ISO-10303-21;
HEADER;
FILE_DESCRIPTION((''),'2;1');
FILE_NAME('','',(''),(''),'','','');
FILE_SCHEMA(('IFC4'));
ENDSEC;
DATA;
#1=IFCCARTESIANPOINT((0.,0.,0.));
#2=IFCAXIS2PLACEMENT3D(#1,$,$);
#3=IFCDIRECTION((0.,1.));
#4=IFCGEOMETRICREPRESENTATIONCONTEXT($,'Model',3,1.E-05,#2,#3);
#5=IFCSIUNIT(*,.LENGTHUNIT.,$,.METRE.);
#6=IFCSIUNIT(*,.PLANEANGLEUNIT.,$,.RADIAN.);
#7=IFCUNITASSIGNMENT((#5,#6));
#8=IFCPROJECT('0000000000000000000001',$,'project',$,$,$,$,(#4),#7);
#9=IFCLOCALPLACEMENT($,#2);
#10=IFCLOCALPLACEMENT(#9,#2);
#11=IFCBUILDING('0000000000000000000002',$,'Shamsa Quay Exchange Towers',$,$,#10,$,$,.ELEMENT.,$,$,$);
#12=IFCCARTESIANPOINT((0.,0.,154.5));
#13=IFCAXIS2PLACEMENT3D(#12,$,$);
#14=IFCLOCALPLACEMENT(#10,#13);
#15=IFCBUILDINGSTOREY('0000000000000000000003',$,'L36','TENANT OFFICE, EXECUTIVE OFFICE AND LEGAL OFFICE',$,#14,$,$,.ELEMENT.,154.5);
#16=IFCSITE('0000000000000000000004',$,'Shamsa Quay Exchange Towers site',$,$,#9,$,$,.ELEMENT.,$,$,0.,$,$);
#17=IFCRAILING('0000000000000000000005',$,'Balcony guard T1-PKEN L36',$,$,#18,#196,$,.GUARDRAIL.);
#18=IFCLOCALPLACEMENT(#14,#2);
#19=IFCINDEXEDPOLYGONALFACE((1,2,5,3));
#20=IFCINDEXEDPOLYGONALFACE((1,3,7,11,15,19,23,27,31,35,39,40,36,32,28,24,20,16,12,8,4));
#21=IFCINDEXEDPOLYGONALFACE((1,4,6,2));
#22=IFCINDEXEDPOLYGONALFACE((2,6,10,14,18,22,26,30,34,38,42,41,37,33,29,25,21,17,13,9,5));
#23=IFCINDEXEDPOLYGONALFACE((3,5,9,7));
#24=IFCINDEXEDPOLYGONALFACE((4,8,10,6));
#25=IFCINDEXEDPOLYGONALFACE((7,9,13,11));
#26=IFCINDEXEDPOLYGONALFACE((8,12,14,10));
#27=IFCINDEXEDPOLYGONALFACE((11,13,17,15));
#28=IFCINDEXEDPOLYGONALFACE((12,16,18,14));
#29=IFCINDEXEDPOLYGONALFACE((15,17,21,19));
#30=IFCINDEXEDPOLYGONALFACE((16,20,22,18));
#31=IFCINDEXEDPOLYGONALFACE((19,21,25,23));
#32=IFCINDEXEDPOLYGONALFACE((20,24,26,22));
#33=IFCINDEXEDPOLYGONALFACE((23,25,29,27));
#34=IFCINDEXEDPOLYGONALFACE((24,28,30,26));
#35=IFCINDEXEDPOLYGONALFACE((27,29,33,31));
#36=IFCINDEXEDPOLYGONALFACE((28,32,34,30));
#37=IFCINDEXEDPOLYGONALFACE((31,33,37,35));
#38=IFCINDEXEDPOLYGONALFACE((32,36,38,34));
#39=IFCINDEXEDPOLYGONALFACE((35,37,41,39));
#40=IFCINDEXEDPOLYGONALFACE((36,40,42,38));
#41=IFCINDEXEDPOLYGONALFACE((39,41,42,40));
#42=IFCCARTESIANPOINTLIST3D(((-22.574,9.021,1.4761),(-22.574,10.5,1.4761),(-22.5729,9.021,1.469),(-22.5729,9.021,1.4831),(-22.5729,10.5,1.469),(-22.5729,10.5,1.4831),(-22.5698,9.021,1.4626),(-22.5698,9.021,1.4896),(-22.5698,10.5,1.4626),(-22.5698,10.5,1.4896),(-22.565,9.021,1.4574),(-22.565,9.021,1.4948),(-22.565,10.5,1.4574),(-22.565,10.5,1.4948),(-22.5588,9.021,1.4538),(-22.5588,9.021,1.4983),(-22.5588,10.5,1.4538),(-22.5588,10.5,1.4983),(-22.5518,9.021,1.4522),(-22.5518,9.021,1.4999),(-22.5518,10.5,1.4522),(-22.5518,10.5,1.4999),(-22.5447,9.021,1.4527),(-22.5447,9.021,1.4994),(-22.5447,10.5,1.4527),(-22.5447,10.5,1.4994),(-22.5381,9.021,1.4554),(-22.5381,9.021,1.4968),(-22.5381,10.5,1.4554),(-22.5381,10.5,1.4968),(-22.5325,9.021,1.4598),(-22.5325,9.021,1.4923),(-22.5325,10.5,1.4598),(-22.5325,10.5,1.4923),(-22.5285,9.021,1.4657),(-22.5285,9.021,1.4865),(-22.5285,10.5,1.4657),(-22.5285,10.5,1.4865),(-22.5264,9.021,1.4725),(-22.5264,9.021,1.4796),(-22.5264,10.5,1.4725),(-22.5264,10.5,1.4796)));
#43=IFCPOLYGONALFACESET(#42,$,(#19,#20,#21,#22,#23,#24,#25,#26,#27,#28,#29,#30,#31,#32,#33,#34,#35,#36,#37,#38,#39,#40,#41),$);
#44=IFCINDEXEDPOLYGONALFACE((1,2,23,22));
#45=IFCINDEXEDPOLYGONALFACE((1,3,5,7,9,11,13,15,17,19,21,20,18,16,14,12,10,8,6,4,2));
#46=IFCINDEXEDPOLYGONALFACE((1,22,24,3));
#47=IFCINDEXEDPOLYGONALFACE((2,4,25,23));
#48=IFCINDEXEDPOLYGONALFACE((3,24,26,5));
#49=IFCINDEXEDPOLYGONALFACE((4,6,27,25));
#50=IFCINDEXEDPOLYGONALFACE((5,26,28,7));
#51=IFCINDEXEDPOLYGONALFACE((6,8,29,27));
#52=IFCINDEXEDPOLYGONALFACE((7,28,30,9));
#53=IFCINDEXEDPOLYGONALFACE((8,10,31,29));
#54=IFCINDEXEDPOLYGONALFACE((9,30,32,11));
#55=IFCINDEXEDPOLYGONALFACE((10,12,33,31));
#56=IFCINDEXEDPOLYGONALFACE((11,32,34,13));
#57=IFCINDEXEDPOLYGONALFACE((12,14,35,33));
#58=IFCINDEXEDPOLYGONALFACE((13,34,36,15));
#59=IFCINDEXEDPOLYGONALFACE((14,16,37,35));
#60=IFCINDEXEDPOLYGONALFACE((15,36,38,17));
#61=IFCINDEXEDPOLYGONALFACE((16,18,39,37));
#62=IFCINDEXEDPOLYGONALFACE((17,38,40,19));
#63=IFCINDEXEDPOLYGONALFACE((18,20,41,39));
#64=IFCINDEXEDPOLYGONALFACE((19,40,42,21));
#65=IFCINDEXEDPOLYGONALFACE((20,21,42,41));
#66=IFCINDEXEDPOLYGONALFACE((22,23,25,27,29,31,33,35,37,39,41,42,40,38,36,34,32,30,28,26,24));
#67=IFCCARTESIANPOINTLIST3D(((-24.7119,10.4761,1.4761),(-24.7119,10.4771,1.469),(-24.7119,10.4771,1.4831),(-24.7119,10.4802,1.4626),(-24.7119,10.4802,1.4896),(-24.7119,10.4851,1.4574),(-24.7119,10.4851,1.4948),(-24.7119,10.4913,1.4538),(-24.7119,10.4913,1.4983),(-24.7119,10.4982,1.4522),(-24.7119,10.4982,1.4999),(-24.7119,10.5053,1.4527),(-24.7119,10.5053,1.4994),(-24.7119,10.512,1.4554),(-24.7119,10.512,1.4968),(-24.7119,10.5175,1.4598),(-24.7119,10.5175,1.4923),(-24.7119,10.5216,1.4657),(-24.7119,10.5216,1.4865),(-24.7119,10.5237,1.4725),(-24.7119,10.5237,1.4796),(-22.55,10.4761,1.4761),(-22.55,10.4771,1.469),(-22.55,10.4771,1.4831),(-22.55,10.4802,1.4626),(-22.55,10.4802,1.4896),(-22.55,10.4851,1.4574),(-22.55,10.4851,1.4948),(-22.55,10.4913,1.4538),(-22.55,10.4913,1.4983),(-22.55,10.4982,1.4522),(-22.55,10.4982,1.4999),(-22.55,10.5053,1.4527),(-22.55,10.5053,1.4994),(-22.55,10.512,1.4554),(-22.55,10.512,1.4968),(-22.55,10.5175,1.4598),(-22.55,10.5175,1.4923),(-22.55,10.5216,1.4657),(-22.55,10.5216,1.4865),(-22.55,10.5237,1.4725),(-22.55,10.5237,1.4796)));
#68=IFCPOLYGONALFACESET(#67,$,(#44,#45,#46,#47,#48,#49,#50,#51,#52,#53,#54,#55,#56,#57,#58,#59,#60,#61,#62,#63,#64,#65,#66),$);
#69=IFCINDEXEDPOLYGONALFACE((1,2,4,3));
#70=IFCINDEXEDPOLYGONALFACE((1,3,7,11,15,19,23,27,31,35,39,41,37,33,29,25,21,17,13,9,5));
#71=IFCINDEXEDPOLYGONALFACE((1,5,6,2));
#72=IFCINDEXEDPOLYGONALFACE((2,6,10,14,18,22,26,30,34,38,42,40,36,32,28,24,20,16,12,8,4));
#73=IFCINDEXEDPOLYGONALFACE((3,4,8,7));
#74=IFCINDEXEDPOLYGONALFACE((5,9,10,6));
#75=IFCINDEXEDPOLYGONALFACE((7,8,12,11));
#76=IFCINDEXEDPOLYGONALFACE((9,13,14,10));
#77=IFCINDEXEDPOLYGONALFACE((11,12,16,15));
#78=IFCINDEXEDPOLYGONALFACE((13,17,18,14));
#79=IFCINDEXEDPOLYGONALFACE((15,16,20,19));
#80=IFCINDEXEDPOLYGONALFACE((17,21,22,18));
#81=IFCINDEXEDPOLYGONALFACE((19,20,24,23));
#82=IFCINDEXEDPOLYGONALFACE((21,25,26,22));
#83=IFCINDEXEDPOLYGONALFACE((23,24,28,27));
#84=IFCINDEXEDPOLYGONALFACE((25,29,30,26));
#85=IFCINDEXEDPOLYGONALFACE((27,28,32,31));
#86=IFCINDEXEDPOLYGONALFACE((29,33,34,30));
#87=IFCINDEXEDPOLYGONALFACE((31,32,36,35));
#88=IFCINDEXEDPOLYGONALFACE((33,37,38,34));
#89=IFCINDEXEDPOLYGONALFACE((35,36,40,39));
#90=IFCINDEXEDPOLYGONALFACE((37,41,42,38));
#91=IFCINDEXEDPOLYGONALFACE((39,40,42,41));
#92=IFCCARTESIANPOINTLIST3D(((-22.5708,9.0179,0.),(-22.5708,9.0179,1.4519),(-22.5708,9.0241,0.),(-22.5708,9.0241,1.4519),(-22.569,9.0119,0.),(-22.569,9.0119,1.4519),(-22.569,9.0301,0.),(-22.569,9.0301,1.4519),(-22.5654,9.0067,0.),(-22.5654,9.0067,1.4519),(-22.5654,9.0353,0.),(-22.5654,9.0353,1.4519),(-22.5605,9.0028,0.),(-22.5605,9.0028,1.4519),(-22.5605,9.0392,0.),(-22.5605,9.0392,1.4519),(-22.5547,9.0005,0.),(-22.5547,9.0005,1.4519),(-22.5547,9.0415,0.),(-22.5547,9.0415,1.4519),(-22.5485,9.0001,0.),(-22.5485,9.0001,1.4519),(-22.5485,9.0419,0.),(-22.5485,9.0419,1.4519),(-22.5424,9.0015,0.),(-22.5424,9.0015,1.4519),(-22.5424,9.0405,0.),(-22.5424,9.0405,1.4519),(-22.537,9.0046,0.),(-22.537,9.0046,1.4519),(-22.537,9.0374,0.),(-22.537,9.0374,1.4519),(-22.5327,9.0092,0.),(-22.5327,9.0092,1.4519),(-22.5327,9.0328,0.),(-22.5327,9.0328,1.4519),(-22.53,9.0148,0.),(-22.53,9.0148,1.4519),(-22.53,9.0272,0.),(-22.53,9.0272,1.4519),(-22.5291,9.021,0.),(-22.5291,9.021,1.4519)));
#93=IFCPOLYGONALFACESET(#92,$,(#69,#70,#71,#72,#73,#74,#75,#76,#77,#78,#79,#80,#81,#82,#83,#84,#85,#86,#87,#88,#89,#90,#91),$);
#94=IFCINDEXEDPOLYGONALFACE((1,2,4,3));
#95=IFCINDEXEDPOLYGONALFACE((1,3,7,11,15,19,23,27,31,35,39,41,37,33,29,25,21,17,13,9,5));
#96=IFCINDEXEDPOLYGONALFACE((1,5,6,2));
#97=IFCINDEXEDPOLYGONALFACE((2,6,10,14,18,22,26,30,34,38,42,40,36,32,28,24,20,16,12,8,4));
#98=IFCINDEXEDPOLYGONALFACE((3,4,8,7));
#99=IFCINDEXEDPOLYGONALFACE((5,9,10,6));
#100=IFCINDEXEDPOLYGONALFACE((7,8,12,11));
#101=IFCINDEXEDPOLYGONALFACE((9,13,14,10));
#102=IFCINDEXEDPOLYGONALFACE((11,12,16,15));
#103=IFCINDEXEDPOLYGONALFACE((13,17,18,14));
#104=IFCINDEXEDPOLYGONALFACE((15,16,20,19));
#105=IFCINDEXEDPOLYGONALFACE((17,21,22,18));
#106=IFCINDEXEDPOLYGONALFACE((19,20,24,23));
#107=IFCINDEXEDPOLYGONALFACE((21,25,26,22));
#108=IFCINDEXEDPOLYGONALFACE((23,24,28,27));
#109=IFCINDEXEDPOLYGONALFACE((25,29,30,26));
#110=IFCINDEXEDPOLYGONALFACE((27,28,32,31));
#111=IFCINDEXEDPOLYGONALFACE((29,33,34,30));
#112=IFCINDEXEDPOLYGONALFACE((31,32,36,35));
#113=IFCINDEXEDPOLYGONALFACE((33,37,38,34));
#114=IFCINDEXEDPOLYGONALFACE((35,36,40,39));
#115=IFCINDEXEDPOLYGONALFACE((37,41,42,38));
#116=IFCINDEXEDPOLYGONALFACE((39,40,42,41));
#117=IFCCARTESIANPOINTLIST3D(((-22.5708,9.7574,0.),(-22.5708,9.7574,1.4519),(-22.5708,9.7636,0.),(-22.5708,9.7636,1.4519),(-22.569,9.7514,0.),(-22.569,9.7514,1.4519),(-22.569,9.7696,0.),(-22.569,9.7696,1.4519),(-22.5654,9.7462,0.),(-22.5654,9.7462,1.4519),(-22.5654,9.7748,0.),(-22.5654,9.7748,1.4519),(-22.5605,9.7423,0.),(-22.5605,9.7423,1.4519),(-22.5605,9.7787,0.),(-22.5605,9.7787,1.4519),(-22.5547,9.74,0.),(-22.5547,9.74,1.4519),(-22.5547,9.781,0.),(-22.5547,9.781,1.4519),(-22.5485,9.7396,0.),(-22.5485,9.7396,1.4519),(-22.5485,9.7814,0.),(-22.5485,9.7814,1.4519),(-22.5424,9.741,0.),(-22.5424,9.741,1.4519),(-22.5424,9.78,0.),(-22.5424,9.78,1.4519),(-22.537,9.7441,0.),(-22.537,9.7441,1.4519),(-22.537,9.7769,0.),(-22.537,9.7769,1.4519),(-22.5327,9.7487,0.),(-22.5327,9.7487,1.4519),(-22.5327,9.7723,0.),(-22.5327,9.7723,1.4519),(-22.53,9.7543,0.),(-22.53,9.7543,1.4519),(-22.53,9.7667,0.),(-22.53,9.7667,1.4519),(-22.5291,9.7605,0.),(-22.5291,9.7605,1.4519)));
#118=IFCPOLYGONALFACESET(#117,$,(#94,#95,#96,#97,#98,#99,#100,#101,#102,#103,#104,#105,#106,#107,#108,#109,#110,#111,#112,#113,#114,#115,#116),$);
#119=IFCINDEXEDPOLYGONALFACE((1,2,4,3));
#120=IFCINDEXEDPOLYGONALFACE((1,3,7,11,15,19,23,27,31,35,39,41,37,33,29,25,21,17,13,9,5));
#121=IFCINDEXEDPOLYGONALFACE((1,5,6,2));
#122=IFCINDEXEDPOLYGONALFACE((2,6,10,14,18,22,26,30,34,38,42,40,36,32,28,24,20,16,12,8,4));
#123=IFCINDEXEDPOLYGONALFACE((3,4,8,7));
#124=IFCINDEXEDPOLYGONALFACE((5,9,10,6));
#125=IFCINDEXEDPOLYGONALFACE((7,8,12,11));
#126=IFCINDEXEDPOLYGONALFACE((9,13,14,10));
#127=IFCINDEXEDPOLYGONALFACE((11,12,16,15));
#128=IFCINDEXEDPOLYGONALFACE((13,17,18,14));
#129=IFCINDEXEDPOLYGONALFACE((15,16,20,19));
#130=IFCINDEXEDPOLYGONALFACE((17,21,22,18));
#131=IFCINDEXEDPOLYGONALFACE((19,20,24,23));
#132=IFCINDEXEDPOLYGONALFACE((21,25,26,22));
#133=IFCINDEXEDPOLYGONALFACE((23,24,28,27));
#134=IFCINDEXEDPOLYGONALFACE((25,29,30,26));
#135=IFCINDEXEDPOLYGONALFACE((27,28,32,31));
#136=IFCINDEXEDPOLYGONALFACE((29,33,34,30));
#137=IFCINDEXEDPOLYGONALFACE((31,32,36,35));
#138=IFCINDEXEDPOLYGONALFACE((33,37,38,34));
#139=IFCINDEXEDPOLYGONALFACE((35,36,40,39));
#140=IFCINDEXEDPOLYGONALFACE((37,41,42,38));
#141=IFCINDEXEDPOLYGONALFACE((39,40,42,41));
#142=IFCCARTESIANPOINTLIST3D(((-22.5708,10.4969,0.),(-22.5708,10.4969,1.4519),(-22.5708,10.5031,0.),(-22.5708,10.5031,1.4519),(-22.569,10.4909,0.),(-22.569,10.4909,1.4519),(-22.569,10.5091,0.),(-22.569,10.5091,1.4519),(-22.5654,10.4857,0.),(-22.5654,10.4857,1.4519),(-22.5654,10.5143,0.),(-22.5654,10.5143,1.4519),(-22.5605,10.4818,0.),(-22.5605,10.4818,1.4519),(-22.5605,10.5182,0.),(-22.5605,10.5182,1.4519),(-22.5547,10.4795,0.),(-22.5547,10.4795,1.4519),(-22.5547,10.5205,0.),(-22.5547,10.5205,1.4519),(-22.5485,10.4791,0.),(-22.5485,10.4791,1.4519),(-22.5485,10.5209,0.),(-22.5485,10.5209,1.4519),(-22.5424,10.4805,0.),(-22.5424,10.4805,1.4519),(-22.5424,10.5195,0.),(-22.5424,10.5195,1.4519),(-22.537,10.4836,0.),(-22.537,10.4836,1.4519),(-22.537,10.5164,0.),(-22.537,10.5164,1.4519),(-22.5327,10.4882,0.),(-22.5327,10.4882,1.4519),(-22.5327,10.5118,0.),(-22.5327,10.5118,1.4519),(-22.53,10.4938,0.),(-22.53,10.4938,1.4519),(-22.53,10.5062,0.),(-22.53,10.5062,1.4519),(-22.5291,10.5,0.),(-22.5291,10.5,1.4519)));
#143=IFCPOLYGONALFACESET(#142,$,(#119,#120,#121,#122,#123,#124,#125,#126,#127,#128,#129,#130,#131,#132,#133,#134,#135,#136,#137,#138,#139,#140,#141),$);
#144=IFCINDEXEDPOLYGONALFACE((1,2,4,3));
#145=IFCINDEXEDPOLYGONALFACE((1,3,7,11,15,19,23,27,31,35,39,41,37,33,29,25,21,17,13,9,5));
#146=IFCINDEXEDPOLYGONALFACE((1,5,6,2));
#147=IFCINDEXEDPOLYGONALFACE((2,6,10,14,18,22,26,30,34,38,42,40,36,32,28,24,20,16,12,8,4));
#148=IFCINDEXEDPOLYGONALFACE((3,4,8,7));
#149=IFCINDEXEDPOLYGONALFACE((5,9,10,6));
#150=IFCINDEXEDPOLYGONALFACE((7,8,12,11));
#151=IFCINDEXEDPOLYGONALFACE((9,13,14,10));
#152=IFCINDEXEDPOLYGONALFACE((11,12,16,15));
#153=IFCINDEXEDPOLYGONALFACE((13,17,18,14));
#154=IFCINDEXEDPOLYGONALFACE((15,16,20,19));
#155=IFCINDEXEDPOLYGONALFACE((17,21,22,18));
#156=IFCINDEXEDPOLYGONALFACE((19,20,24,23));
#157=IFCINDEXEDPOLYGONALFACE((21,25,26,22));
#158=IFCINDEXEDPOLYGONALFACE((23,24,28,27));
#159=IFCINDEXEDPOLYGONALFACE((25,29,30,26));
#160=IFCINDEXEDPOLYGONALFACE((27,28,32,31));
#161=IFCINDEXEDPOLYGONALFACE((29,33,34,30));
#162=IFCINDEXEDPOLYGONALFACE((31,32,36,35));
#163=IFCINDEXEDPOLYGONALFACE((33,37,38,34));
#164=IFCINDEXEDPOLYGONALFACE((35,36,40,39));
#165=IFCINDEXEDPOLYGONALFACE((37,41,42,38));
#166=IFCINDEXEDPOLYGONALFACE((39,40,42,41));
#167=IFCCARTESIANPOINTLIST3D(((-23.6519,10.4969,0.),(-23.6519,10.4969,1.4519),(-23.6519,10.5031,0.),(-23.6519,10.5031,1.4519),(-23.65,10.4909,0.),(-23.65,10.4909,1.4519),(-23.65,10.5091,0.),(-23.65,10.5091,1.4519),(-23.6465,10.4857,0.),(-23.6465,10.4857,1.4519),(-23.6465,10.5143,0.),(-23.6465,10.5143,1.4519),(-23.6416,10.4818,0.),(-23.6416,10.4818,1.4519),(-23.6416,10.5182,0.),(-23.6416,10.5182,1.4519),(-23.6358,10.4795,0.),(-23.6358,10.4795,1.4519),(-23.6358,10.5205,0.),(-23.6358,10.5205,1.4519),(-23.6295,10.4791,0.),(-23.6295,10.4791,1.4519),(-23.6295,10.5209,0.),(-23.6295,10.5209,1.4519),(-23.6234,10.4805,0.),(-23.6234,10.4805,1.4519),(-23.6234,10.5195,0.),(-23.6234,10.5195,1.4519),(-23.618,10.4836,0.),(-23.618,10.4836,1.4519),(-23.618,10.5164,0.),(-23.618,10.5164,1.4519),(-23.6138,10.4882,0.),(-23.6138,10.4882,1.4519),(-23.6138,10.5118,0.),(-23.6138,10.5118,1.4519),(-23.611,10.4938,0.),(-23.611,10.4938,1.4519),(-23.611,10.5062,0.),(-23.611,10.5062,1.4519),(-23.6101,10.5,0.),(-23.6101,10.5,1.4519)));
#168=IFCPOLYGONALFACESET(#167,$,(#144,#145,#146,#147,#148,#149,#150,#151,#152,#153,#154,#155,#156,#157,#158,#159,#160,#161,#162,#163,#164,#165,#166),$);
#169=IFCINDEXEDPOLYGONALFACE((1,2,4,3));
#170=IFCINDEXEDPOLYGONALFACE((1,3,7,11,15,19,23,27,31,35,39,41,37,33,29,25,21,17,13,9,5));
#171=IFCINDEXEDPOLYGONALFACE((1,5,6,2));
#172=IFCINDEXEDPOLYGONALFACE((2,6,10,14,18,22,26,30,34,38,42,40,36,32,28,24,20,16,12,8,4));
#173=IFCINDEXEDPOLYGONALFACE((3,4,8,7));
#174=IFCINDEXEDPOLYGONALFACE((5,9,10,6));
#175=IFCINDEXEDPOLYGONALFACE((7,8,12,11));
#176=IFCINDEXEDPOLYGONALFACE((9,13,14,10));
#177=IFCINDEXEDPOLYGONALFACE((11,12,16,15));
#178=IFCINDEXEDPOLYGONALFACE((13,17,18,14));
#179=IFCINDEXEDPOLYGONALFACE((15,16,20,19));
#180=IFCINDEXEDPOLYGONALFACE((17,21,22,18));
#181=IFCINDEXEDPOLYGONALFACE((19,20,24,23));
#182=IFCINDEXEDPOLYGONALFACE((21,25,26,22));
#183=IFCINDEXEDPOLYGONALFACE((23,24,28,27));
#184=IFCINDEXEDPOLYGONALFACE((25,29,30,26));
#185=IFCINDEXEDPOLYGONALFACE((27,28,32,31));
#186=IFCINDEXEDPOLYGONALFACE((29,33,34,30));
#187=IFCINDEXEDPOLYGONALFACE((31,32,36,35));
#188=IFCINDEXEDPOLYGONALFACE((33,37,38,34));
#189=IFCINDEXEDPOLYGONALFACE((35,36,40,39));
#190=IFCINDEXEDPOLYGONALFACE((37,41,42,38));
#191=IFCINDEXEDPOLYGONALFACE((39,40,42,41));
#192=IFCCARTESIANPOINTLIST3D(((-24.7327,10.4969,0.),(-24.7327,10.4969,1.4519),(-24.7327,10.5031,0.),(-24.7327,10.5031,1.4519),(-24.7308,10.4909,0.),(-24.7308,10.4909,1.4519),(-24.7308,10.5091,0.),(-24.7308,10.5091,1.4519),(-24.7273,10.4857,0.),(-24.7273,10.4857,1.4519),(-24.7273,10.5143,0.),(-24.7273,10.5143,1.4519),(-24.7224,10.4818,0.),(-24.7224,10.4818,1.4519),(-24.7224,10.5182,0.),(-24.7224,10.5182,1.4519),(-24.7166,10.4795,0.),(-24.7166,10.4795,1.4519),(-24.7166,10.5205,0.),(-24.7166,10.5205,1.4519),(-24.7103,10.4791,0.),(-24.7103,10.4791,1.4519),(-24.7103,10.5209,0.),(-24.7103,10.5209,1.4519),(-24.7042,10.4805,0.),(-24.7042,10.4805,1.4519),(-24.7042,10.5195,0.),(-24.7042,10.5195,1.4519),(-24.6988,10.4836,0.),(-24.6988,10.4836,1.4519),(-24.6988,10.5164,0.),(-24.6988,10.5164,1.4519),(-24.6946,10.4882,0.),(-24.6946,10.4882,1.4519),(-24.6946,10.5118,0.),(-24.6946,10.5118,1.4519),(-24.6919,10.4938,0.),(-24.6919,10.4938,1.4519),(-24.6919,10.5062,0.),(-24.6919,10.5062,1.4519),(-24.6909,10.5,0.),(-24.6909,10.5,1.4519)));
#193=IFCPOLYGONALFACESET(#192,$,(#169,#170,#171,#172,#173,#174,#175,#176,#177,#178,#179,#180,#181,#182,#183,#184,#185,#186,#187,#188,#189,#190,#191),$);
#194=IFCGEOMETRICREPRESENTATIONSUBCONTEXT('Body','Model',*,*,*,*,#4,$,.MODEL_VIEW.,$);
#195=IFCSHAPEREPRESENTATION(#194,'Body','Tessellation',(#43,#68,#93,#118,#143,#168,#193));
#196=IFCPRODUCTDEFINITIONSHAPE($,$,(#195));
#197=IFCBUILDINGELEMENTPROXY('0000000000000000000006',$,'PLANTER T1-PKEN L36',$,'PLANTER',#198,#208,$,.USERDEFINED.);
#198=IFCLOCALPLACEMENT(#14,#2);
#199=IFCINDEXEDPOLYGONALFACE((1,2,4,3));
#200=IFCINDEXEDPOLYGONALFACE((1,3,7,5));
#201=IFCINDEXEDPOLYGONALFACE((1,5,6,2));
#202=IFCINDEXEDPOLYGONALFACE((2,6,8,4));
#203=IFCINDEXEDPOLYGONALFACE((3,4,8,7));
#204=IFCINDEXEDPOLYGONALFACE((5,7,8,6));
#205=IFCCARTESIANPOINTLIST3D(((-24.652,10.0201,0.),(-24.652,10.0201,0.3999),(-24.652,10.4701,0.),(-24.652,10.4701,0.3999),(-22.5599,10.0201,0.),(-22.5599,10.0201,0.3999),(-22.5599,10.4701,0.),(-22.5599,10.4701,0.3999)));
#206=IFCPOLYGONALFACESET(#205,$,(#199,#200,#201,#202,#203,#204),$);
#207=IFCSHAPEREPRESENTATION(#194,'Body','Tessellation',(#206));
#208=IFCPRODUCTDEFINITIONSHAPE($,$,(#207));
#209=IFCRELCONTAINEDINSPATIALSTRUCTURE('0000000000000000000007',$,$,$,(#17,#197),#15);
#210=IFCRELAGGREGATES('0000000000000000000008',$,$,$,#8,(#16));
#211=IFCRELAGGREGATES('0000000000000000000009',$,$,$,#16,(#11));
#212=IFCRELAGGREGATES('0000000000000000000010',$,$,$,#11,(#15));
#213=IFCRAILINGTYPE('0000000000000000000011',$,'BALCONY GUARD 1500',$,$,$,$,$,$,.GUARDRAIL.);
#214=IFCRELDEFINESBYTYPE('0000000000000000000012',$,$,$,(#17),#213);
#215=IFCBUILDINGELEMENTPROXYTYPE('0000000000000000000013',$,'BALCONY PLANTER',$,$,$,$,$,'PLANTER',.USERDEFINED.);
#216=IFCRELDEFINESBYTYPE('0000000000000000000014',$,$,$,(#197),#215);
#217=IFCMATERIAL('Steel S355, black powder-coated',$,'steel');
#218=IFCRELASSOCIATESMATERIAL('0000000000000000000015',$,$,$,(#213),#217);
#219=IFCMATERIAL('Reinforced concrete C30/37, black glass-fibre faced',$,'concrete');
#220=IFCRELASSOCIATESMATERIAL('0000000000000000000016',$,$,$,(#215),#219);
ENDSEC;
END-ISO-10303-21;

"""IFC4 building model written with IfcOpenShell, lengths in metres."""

from ifc_helpers import new_model, si_unit, direction, frame, origin, origin_2d, place, context, subcontext, project, spatial, rectangle, circle, extrude, material, type_object, element, save


model = new_model("IFC4")

# Units and contexts
model_context = context("Model", 3, precision=1e-05, world=origin(), true_north=direction((0.0, 1.0)))
body_context = subcontext(model_context, "Body", "Model", "MODEL_VIEW")
ifc_project = project(units=[si_unit("LENGTHUNIT", "METRE"), si_unit("PLANEANGLEUNIT", "RADIAN")], contexts=[model_context])

# Site, building, storey
site_placement = place(None, origin())
site = spatial("IfcSite", under=ifc_project, at=site_placement, Name="Shamsa Quay Exchange Towers site", CompositionType="ELEMENT", RefElevation=0.0)
building_placement = place(site_placement, origin())
building = spatial("IfcBuilding", under=site, at=building_placement, Name="Shamsa Quay Exchange Towers", CompositionType="ELEMENT")
storey_placement = place(building_placement, frame((0.0, 0.0, 154.5)))
storey = spatial("IfcBuildingStorey", under=building, at=storey_placement, Name="L36", Description="TENANT OFFICE, EXECUTIVE OFFICE AND LEGAL OFFICE", CompositionType="ELEMENT", Elevation=154.5)

# Railing
ifc_material_1 = material(Name="Steel S355, black powder-coated", Category="steel")
railing_type = type_object("IfcRailingType", Name="BALCONY GUARD 1500", PredefinedType="GUARDRAIL", material=ifc_material_1)
railing_placement = place(storey_placement, frame((-22.55, 9.021, 0.0)))
element("IfcRailing", 1, at=railing_placement, inside=storey, type_object=railing_type, Name="Balcony guard T1-PKEN L36", PredefinedType="GUARDRAIL", context=body_context, shape_type="SweptSolid", body=[
    extrude(circle(Radius=0.0239, at=origin_2d()), frame((0.0, 0.0, 1.4761), z_axis=(0.0, 1.0, 0.0), x_axis=(-1.0, 0.0, 0.0)), (0.0, 0.0, 1.0), 1.479),
    extrude(circle(Radius=0.0239, at=origin_2d()), frame((0.0, 1.479, 1.4761), z_axis=(-1.0, 0.0, 0.0), x_axis=(0.0, -1.0, 0.0)), (0.0, 0.0, 1.0), 2.1619),
    extrude(circle(Radius=0.021, at=origin_2d()), origin(), (0.0, 0.0, 1.0), 1.4519),
    extrude(circle(Radius=0.021, at=origin_2d()), frame((0.0, 0.7395, 0.0)), (0.0, 0.0, 1.0), 1.4519),
    extrude(circle(Radius=0.021, at=origin_2d()), frame((0.0, 1.479, 0.0)), (0.0, 0.0, 1.0), 1.4519),
    extrude(circle(Radius=0.021, at=origin_2d()), frame((-1.0811, 1.479, 0.0)), (0.0, 0.0, 1.0), 1.4519),
    extrude(circle(Radius=0.021, at=origin_2d()), frame((-2.1619, 1.479, 0.0)), (0.0, 0.0, 1.0), 1.4519),
])

# Building element proxy
ifc_material_2 = material(Name="Reinforced concrete C30/37, black glass-fibre faced", Category="concrete")
building_element_proxy_type = type_object("IfcBuildingElementProxyType", Name="BALCONY PLANTER", ElementType="PLANTER", PredefinedType="USERDEFINED", material=ifc_material_2)
proxy_placement = place(storey_placement, frame((-23.606, 10.2451, 0.0), z_axis=(0.0, 0.0, 1.0), x_axis=(-1.0, 0.0, 0.0)))
element("IfcBuildingElementProxy", 2, at=proxy_placement, inside=storey, type_object=building_element_proxy_type, Name="PLANTER T1-PKEN L36", ObjectType="PLANTER", PredefinedType="USERDEFINED", context=body_context, shape_type="SweptSolid", body=[
    extrude(rectangle(XDim=2.092, YDim=0.45, at=origin_2d()), origin(), (0.0, 0.0, 1.0), 0.3999),
])

save(model, "model.ifc")
